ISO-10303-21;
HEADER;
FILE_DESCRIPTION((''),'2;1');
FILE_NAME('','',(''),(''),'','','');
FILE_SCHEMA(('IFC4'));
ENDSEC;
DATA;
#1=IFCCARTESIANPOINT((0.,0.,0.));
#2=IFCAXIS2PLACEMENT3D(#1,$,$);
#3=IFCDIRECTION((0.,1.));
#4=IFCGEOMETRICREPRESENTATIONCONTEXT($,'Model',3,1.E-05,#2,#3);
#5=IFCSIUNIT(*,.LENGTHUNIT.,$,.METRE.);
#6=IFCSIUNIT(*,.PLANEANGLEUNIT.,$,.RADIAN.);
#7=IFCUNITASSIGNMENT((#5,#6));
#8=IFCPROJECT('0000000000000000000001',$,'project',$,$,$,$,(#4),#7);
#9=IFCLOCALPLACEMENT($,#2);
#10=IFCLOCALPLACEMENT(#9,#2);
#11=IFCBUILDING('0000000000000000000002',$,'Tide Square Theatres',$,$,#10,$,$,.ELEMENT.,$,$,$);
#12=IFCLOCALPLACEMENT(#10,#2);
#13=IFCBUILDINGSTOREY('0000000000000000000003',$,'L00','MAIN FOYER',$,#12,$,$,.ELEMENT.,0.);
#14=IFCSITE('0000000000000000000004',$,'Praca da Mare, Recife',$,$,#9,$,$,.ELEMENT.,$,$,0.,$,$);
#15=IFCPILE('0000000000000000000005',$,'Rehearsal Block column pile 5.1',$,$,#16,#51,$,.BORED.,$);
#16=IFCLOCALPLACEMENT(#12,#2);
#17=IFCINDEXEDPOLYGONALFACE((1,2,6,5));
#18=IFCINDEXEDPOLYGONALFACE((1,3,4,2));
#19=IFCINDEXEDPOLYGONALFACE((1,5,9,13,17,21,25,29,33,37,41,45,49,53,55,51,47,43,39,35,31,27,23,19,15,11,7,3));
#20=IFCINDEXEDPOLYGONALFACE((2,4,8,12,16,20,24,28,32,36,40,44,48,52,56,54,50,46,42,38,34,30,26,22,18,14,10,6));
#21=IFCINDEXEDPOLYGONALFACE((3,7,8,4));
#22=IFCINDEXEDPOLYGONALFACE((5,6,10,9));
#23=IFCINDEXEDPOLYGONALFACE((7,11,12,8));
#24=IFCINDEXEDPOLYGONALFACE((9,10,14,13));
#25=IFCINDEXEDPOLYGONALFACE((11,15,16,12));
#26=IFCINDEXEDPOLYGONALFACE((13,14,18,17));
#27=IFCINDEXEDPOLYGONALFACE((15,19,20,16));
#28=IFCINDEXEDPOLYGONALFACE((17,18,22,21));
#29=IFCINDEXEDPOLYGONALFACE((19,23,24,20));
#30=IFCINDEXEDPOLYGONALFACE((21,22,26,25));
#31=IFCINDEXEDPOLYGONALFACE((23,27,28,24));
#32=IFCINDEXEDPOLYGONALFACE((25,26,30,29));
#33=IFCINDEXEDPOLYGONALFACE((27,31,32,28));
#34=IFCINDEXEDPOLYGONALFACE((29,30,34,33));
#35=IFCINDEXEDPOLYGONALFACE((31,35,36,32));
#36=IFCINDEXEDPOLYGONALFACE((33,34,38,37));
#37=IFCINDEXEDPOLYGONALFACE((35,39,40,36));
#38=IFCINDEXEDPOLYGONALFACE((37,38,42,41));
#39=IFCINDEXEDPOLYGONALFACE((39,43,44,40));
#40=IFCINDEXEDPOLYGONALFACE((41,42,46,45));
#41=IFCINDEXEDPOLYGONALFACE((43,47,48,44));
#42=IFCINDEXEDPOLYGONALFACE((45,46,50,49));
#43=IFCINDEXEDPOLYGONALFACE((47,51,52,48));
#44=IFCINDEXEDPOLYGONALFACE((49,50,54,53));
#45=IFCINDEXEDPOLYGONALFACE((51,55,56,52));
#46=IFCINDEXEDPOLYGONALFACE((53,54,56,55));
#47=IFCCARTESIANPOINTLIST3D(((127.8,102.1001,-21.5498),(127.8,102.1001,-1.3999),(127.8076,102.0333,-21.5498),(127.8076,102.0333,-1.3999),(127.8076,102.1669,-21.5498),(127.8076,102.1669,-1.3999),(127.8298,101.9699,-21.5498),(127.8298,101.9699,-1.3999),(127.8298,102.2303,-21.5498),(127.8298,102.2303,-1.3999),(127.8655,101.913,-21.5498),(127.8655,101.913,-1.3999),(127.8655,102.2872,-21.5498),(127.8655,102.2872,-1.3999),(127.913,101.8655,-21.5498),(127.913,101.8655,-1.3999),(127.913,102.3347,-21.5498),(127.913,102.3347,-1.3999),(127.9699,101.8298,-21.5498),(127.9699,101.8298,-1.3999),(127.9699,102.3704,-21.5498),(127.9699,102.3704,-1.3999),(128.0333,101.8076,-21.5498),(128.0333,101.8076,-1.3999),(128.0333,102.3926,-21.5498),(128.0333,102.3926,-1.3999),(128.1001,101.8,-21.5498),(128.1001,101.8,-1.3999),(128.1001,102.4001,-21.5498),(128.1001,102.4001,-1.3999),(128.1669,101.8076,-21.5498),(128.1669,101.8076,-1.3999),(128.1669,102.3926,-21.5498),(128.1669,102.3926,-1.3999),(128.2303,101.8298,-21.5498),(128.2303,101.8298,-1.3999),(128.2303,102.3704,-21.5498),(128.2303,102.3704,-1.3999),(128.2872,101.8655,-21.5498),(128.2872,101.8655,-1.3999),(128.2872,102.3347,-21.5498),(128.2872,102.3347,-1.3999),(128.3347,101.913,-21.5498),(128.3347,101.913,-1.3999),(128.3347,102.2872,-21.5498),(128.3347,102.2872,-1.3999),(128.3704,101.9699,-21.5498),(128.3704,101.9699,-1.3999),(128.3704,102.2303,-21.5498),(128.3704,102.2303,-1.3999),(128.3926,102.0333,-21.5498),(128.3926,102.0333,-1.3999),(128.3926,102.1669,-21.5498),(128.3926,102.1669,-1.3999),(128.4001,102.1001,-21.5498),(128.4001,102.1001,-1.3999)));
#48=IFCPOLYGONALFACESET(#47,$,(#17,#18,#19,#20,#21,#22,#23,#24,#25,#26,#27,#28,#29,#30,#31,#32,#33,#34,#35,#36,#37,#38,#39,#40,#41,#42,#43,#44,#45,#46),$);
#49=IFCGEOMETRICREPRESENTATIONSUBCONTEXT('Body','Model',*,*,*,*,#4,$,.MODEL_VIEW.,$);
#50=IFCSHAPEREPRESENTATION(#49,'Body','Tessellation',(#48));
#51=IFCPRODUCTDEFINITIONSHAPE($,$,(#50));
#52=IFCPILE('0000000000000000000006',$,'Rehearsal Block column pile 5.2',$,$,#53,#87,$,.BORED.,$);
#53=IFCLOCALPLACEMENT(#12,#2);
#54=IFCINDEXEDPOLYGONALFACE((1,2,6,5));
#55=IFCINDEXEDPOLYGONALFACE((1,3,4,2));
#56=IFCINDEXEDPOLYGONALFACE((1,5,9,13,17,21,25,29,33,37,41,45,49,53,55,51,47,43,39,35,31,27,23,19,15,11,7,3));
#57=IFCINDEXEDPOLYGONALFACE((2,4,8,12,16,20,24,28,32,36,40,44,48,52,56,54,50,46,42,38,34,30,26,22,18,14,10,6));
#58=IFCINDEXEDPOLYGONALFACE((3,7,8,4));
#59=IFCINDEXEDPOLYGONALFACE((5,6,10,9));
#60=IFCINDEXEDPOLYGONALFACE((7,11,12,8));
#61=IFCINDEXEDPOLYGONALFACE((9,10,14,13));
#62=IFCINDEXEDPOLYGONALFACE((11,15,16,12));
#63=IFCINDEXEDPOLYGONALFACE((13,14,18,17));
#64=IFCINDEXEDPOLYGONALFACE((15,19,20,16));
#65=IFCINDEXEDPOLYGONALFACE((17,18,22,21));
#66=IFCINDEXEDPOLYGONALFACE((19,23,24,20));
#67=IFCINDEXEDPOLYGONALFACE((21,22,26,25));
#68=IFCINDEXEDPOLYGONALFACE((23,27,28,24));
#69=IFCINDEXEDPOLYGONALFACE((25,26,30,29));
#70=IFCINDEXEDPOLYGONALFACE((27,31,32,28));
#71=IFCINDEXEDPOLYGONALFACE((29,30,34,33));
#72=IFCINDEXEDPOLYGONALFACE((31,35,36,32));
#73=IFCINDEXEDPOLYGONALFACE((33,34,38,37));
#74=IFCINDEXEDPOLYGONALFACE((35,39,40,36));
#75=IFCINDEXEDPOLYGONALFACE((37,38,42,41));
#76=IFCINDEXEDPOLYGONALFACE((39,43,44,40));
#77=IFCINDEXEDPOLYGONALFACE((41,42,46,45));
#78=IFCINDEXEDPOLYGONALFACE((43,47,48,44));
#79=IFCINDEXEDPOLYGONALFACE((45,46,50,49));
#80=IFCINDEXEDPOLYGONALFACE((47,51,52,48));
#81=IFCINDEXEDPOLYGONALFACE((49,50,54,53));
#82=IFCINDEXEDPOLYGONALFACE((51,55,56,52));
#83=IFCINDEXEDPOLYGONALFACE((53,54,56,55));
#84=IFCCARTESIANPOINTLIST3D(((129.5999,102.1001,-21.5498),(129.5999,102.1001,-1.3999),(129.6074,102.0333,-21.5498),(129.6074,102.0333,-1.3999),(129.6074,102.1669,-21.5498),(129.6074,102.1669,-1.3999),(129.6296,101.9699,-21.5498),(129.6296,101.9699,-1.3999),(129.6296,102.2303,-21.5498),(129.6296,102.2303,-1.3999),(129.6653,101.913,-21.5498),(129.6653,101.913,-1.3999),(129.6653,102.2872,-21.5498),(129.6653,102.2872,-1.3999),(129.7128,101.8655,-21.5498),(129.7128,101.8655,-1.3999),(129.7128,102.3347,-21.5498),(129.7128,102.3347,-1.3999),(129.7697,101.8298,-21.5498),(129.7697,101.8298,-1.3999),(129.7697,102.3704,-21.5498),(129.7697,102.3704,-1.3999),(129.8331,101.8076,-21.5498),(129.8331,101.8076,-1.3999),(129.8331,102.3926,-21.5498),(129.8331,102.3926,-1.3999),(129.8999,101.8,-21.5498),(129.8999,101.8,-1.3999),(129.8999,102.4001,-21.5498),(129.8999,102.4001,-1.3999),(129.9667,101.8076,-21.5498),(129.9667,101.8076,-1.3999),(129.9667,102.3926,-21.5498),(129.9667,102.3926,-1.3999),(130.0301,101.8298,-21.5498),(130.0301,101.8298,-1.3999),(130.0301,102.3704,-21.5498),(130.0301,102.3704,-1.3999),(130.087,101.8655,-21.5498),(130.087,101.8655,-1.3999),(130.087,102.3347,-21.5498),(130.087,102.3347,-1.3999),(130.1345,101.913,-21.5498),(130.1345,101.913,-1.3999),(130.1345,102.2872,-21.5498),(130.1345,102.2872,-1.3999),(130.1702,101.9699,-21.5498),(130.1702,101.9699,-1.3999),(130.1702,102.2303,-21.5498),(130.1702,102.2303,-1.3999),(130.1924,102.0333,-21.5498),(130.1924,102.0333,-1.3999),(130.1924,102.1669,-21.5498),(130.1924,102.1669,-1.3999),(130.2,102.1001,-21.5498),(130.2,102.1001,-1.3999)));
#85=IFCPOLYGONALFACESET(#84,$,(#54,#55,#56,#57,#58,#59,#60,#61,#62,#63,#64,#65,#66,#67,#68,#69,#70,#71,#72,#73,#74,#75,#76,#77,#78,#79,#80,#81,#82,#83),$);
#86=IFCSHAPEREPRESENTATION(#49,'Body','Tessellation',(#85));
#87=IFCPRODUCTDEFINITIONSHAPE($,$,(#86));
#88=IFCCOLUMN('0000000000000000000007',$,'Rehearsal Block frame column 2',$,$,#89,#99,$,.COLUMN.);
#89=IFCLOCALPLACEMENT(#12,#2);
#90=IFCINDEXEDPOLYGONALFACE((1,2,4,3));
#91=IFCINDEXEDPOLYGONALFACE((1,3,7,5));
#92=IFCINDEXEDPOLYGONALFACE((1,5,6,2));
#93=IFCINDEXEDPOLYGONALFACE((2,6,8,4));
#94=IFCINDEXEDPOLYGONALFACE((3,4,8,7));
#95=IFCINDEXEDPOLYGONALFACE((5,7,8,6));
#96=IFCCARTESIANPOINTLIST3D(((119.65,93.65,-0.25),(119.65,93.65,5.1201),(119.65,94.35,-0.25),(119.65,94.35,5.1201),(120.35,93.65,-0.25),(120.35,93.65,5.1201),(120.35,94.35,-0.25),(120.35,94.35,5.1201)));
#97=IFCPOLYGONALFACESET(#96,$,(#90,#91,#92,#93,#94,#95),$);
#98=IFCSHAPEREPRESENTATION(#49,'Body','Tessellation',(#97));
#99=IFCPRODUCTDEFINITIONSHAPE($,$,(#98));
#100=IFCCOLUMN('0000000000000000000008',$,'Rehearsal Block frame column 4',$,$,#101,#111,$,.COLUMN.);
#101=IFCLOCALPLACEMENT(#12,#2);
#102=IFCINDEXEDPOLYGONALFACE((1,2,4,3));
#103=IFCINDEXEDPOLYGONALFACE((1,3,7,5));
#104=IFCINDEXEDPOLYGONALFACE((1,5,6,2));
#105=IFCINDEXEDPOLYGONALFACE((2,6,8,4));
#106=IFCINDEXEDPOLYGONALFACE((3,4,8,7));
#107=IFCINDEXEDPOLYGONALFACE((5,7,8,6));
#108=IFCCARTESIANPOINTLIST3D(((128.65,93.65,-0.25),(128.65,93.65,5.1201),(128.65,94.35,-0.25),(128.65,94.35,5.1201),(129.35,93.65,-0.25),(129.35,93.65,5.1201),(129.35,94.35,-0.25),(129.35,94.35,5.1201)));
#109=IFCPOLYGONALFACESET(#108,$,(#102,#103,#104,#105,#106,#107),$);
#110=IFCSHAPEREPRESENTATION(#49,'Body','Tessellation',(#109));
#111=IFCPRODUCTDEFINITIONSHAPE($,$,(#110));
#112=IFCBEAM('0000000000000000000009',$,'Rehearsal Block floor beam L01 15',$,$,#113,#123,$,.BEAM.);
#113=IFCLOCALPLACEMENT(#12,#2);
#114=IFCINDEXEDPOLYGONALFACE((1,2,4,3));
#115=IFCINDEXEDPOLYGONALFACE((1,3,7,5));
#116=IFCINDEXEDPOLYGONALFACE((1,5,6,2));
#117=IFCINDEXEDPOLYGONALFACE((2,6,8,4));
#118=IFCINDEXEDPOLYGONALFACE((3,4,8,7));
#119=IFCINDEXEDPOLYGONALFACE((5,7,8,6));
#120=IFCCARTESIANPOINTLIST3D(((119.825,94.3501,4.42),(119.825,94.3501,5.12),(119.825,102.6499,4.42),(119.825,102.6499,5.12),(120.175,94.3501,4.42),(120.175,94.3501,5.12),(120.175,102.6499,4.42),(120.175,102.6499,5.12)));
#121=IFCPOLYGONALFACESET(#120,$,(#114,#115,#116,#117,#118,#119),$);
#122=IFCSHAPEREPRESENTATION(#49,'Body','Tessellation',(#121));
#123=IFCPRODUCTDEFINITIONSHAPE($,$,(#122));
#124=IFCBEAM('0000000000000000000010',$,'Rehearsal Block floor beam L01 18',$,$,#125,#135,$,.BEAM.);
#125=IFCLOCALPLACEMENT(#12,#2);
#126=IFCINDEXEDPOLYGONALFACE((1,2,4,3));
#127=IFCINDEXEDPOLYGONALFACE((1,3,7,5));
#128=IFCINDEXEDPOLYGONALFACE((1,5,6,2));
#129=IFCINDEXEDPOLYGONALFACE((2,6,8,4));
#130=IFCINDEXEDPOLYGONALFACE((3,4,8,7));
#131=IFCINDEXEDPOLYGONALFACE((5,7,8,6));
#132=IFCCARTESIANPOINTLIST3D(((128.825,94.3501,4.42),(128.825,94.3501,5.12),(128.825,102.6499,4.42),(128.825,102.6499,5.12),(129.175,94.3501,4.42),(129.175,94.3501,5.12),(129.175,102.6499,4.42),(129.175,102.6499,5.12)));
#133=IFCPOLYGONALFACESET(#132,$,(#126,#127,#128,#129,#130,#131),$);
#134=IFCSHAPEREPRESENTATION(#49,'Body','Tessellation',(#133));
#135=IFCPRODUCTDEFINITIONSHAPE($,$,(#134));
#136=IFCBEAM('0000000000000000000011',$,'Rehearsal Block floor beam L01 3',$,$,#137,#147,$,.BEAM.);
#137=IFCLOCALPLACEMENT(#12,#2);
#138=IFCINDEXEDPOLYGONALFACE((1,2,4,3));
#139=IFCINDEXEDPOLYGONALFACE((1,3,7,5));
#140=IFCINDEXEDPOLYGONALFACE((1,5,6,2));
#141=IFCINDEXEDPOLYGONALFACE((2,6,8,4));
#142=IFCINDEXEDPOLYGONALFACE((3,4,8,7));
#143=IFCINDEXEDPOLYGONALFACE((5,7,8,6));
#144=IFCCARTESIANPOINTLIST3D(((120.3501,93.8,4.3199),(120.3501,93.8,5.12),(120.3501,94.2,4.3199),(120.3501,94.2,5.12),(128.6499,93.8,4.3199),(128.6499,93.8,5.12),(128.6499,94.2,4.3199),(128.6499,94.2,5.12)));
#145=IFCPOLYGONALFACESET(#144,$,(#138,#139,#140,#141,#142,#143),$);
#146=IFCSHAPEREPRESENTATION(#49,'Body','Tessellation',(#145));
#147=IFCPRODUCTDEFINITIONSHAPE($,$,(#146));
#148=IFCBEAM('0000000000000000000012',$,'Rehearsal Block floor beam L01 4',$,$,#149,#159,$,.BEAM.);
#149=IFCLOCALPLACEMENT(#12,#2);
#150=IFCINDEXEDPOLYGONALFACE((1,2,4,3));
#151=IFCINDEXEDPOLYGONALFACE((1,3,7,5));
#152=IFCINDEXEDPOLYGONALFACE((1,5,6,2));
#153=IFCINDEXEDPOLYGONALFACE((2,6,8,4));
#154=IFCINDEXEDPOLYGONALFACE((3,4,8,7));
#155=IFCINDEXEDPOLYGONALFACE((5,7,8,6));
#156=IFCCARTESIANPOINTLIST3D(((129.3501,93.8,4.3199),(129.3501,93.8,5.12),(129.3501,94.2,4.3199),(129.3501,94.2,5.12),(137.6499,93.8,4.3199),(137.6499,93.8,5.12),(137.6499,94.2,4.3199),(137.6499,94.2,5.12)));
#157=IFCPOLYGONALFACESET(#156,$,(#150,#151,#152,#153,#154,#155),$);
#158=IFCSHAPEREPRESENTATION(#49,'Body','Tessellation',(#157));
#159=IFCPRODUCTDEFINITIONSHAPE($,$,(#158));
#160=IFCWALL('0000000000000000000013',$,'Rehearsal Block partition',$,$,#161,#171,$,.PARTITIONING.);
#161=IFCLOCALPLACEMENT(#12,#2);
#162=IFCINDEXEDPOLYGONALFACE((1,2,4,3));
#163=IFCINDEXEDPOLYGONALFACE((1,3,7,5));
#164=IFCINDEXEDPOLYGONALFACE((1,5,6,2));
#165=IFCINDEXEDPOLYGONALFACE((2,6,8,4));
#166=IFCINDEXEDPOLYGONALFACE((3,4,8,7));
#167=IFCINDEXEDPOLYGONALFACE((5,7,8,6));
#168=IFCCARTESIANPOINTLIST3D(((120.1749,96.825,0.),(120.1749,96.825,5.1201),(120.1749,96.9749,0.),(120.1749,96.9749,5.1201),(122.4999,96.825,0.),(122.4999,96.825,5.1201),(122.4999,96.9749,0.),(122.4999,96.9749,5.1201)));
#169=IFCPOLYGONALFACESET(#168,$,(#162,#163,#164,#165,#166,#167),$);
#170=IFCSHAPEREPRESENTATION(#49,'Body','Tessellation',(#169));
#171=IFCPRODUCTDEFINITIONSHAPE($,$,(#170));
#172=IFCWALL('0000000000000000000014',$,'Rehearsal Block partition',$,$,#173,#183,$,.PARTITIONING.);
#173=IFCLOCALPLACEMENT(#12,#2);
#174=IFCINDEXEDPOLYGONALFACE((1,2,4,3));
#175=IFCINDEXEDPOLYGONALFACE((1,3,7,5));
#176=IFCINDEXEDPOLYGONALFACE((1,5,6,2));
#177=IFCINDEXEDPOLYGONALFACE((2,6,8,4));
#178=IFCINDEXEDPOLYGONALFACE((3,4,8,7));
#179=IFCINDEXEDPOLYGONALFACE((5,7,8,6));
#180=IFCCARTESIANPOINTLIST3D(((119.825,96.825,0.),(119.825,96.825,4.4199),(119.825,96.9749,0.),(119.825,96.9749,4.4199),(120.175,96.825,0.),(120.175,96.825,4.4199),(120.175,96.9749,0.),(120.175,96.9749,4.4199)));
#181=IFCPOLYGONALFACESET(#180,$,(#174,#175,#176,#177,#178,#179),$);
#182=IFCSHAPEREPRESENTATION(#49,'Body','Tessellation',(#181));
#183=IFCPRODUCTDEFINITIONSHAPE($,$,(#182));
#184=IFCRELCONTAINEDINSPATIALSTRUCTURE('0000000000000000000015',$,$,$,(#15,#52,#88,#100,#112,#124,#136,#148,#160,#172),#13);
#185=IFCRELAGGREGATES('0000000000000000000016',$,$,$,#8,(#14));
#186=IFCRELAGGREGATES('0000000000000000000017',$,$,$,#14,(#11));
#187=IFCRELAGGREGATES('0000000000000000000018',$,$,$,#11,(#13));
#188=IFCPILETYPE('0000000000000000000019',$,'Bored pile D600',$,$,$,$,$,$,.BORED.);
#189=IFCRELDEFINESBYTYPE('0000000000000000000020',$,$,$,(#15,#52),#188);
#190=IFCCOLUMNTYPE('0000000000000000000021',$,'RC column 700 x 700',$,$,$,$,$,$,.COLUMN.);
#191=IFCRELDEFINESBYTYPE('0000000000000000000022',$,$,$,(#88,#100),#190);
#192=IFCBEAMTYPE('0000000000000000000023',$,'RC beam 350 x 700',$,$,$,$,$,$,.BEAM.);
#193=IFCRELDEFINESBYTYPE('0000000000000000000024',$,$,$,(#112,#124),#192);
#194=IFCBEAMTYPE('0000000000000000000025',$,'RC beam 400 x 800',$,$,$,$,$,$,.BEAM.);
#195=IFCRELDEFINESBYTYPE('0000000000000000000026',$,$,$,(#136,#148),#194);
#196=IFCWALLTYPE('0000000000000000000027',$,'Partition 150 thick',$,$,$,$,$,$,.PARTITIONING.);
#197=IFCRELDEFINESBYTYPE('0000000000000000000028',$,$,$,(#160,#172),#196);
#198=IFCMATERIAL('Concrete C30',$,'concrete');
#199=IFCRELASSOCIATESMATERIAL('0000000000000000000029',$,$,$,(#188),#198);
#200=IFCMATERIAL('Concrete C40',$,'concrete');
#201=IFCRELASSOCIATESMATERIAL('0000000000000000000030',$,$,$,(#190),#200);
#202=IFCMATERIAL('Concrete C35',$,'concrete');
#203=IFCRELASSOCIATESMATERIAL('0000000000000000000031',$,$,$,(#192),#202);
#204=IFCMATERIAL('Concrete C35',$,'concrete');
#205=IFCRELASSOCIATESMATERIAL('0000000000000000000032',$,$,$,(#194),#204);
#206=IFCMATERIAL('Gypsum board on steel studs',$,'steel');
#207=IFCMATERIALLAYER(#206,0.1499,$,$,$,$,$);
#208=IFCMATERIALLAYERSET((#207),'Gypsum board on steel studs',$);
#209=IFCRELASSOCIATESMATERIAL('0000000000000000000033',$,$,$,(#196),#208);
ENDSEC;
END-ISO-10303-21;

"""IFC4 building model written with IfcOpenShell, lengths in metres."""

from ifc_helpers import new_model, si_unit, direction, frame, frame_2d, origin, origin_2d, place, context, subcontext, project, spatial, rectangle, circle, extrude, material, layer, layer_set, material_profile, profile_set, type_object, element, save


model = new_model("IFC4")

# Units and contexts
model_context = context("Model", 3, precision=1e-05, world=origin(), true_north=direction((0.0, 1.0)))
body_context = subcontext(model_context, "Body", "Model", "MODEL_VIEW")
ifc_project = project(units=[si_unit("LENGTHUNIT", "METRE"), si_unit("PLANEANGLEUNIT", "RADIAN")], contexts=[model_context])

# Site, building, storey
site_placement = place(None, origin())
site = spatial("IfcSite", under=ifc_project, at=site_placement, Name="Praca da Mare, Recife", CompositionType="ELEMENT", RefElevation=0.0)
building_placement = place(site_placement, origin())
building = spatial("IfcBuilding", under=site, at=building_placement, Name="Tide Square Theatres", CompositionType="ELEMENT")
storey_placement = place(building_placement, origin())
storey = spatial("IfcBuildingStorey", under=building, at=storey_placement, Name="L00", Description="MAIN FOYER", CompositionType="ELEMENT", Elevation=0.0)

# Piles
ifc_material_1 = material(Name="Concrete C30", Category="concrete")
ifc_material_profile_1 = material_profile(ifc_material_1, circle(Radius=0.3, at=origin_2d()))
ifc_profile_set_1 = profile_set([ifc_material_profile_1], Name="Concrete C30")
pile_type = type_object("IfcPileType", Name="Bored pile D600", PredefinedType="BORED", material=ifc_profile_set_1)
for number, where, z_axis, x_axis, name in (
    (1, (128.1001, 102.1001, -1.3999), (0.0, 0.0, -1.0), (1.0, 0.0, 0.0), "Rehearsal Block column pile 5.1"),
    (2, (129.8999, 102.1001, -1.3999), (0.0, 0.0, -1.0), (1.0, 0.0, 0.0), "Rehearsal Block column pile 5.2"),
):
    element("IfcPile", number, at=place(storey_placement, frame(where, z_axis=z_axis, x_axis=x_axis)), inside=storey, type_object=pile_type, Name=name, PredefinedType="BORED", context=body_context, shape_type="SweptSolid", body=[
        extrude(circle(Radius=0.3, at=origin_2d()), origin(), (0.0, 0.0, 1.0), 20.1499),
    ])

# Columns
ifc_material_2 = material(Name="Concrete C40", Category="concrete")
ifc_material_profile_2 = material_profile(ifc_material_2, rectangle(XDim=0.7, YDim=0.7, at=origin_2d()))
ifc_profile_set_2 = profile_set([ifc_material_profile_2], Name="Concrete C40")
column_type = type_object("IfcColumnType", Name="RC column 700 x 700", PredefinedType="COLUMN", material=ifc_profile_set_2)
for number, where, z_axis, x_axis, name in (
    (3, (120.0, 94.0, -0.25), (0.0, 0.0, 1.0), (1.0, 0.0, 0.0), "Rehearsal Block frame column 2"),
    (4, (129.0, 94.0, -0.25), (0.0, 0.0, 1.0), (1.0, 0.0, 0.0), "Rehearsal Block frame column 4"),
):
    element("IfcColumn", number, at=place(storey_placement, frame(where, z_axis=z_axis, x_axis=x_axis)), inside=storey, type_object=column_type, Name=name, PredefinedType="COLUMN", context=body_context, shape_type="SweptSolid", body=[
        extrude(rectangle(XDim=0.7, YDim=0.7, at=origin_2d()), origin(), (0.0, 0.0, 1.0), 5.3701),
    ])

# Beams
ifc_material_3 = material(Name="Concrete C35", Category="concrete")
ifc_material_profile_3 = material_profile(ifc_material_3, rectangle(XDim=0.3501, YDim=0.7, at=origin_2d()))
ifc_profile_set_3 = profile_set([ifc_material_profile_3], Name="Concrete C35")
beam_type_1 = type_object("IfcBeamType", Name="RC beam 350 x 700", PredefinedType="BEAM", material=ifc_profile_set_3)
for number, where, z_axis, x_axis, name in (
    (5, (120.0, 94.3501, 4.77), (0.0, 1.0, 0.0), (-1.0, 0.0, 0.0), "Rehearsal Block floor beam L01 15"),
    (6, (129.0, 94.3501, 4.77), (0.0, 1.0, 0.0), (-1.0, 0.0, 0.0), "Rehearsal Block floor beam L01 18"),
):
    element("IfcBeam", number, at=place(storey_placement, frame(where, z_axis=z_axis, x_axis=x_axis)), inside=storey, type_object=beam_type_1, Name=name, PredefinedType="BEAM", context=body_context, shape_type="SweptSolid", body=[
        extrude(rectangle(XDim=0.3501, YDim=0.7, at=origin_2d()), origin(), (0.0, 0.0, 1.0), 8.2998),
    ])
ifc_material_4 = material(Name="Concrete C35", Category="concrete")
ifc_material_profile_4 = material_profile(ifc_material_4, rectangle(XDim=0.3999, YDim=0.8, at=origin_2d()))
ifc_profile_set_4 = profile_set([ifc_material_profile_4], Name="Concrete C35")
beam_type_2 = type_object("IfcBeamType", Name="RC beam 400 x 800", PredefinedType="BEAM", material=ifc_profile_set_4)
for number, where, z_axis, x_axis, name in (
    (7, (120.3501, 94.0, 4.72), (1.0, 0.0, 0.0), (0.0, 1.0, 0.0), "Rehearsal Block floor beam L01 3"),
    (8, (129.3501, 94.0, 4.72), (1.0, 0.0, 0.0), (0.0, 1.0, 0.0), "Rehearsal Block floor beam L01 4"),
):
    element("IfcBeam", number, at=place(storey_placement, frame(where, z_axis=z_axis, x_axis=x_axis)), inside=storey, type_object=beam_type_2, Name=name, PredefinedType="BEAM", context=body_context, shape_type="SweptSolid", body=[
        extrude(rectangle(XDim=0.3999, YDim=0.8, at=origin_2d()), origin(), (0.0, 0.0, 1.0), 8.2998),
    ])

# Walls
ifc_material_5 = material(Name="Gypsum board on steel studs", Category="steel")
ifc_layer = layer(ifc_material_5, 0.1499)
ifc_layer_set = layer_set([ifc_layer], Name="Gypsum board on steel studs")
wall_type = type_object("IfcWallType", Name="Partition 150 thick", PredefinedType="PARTITIONING", material=ifc_layer_set)
wall_1_placement = place(storey_placement, frame((122.5, 96.8999, 0.0), z_axis=(0.0, 0.0, 1.0), x_axis=(-1.0, 0.0, 0.0)))
element("IfcWall", 9, at=wall_1_placement, inside=storey, type_object=wall_type, Name="Rehearsal Block partition", PredefinedType="PARTITIONING", context=body_context, shape_type="SweptSolid", body=[
    extrude(rectangle(XDim=2.325, YDim=0.1499, at=frame_2d((1.1626, 0.0))), origin(), (0.0, 0.0, 1.0), 5.1201),
])
wall_2_placement = place(storey_placement, frame((120.175, 96.8999, 0.0), z_axis=(0.0, 0.0, 1.0), x_axis=(-1.0, 0.0, 0.0)))
element("IfcWall", 10, at=wall_2_placement, inside=storey, type_object=wall_type, Name="Rehearsal Block partition", PredefinedType="PARTITIONING", context=body_context, shape_type="SweptSolid", body=[
    extrude(rectangle(XDim=0.3501, YDim=0.1499, at=frame_2d((0.175, 0.0))), origin(), (0.0, 0.0, 1.0), 4.4199),
])

save(model, "model.ifc")
